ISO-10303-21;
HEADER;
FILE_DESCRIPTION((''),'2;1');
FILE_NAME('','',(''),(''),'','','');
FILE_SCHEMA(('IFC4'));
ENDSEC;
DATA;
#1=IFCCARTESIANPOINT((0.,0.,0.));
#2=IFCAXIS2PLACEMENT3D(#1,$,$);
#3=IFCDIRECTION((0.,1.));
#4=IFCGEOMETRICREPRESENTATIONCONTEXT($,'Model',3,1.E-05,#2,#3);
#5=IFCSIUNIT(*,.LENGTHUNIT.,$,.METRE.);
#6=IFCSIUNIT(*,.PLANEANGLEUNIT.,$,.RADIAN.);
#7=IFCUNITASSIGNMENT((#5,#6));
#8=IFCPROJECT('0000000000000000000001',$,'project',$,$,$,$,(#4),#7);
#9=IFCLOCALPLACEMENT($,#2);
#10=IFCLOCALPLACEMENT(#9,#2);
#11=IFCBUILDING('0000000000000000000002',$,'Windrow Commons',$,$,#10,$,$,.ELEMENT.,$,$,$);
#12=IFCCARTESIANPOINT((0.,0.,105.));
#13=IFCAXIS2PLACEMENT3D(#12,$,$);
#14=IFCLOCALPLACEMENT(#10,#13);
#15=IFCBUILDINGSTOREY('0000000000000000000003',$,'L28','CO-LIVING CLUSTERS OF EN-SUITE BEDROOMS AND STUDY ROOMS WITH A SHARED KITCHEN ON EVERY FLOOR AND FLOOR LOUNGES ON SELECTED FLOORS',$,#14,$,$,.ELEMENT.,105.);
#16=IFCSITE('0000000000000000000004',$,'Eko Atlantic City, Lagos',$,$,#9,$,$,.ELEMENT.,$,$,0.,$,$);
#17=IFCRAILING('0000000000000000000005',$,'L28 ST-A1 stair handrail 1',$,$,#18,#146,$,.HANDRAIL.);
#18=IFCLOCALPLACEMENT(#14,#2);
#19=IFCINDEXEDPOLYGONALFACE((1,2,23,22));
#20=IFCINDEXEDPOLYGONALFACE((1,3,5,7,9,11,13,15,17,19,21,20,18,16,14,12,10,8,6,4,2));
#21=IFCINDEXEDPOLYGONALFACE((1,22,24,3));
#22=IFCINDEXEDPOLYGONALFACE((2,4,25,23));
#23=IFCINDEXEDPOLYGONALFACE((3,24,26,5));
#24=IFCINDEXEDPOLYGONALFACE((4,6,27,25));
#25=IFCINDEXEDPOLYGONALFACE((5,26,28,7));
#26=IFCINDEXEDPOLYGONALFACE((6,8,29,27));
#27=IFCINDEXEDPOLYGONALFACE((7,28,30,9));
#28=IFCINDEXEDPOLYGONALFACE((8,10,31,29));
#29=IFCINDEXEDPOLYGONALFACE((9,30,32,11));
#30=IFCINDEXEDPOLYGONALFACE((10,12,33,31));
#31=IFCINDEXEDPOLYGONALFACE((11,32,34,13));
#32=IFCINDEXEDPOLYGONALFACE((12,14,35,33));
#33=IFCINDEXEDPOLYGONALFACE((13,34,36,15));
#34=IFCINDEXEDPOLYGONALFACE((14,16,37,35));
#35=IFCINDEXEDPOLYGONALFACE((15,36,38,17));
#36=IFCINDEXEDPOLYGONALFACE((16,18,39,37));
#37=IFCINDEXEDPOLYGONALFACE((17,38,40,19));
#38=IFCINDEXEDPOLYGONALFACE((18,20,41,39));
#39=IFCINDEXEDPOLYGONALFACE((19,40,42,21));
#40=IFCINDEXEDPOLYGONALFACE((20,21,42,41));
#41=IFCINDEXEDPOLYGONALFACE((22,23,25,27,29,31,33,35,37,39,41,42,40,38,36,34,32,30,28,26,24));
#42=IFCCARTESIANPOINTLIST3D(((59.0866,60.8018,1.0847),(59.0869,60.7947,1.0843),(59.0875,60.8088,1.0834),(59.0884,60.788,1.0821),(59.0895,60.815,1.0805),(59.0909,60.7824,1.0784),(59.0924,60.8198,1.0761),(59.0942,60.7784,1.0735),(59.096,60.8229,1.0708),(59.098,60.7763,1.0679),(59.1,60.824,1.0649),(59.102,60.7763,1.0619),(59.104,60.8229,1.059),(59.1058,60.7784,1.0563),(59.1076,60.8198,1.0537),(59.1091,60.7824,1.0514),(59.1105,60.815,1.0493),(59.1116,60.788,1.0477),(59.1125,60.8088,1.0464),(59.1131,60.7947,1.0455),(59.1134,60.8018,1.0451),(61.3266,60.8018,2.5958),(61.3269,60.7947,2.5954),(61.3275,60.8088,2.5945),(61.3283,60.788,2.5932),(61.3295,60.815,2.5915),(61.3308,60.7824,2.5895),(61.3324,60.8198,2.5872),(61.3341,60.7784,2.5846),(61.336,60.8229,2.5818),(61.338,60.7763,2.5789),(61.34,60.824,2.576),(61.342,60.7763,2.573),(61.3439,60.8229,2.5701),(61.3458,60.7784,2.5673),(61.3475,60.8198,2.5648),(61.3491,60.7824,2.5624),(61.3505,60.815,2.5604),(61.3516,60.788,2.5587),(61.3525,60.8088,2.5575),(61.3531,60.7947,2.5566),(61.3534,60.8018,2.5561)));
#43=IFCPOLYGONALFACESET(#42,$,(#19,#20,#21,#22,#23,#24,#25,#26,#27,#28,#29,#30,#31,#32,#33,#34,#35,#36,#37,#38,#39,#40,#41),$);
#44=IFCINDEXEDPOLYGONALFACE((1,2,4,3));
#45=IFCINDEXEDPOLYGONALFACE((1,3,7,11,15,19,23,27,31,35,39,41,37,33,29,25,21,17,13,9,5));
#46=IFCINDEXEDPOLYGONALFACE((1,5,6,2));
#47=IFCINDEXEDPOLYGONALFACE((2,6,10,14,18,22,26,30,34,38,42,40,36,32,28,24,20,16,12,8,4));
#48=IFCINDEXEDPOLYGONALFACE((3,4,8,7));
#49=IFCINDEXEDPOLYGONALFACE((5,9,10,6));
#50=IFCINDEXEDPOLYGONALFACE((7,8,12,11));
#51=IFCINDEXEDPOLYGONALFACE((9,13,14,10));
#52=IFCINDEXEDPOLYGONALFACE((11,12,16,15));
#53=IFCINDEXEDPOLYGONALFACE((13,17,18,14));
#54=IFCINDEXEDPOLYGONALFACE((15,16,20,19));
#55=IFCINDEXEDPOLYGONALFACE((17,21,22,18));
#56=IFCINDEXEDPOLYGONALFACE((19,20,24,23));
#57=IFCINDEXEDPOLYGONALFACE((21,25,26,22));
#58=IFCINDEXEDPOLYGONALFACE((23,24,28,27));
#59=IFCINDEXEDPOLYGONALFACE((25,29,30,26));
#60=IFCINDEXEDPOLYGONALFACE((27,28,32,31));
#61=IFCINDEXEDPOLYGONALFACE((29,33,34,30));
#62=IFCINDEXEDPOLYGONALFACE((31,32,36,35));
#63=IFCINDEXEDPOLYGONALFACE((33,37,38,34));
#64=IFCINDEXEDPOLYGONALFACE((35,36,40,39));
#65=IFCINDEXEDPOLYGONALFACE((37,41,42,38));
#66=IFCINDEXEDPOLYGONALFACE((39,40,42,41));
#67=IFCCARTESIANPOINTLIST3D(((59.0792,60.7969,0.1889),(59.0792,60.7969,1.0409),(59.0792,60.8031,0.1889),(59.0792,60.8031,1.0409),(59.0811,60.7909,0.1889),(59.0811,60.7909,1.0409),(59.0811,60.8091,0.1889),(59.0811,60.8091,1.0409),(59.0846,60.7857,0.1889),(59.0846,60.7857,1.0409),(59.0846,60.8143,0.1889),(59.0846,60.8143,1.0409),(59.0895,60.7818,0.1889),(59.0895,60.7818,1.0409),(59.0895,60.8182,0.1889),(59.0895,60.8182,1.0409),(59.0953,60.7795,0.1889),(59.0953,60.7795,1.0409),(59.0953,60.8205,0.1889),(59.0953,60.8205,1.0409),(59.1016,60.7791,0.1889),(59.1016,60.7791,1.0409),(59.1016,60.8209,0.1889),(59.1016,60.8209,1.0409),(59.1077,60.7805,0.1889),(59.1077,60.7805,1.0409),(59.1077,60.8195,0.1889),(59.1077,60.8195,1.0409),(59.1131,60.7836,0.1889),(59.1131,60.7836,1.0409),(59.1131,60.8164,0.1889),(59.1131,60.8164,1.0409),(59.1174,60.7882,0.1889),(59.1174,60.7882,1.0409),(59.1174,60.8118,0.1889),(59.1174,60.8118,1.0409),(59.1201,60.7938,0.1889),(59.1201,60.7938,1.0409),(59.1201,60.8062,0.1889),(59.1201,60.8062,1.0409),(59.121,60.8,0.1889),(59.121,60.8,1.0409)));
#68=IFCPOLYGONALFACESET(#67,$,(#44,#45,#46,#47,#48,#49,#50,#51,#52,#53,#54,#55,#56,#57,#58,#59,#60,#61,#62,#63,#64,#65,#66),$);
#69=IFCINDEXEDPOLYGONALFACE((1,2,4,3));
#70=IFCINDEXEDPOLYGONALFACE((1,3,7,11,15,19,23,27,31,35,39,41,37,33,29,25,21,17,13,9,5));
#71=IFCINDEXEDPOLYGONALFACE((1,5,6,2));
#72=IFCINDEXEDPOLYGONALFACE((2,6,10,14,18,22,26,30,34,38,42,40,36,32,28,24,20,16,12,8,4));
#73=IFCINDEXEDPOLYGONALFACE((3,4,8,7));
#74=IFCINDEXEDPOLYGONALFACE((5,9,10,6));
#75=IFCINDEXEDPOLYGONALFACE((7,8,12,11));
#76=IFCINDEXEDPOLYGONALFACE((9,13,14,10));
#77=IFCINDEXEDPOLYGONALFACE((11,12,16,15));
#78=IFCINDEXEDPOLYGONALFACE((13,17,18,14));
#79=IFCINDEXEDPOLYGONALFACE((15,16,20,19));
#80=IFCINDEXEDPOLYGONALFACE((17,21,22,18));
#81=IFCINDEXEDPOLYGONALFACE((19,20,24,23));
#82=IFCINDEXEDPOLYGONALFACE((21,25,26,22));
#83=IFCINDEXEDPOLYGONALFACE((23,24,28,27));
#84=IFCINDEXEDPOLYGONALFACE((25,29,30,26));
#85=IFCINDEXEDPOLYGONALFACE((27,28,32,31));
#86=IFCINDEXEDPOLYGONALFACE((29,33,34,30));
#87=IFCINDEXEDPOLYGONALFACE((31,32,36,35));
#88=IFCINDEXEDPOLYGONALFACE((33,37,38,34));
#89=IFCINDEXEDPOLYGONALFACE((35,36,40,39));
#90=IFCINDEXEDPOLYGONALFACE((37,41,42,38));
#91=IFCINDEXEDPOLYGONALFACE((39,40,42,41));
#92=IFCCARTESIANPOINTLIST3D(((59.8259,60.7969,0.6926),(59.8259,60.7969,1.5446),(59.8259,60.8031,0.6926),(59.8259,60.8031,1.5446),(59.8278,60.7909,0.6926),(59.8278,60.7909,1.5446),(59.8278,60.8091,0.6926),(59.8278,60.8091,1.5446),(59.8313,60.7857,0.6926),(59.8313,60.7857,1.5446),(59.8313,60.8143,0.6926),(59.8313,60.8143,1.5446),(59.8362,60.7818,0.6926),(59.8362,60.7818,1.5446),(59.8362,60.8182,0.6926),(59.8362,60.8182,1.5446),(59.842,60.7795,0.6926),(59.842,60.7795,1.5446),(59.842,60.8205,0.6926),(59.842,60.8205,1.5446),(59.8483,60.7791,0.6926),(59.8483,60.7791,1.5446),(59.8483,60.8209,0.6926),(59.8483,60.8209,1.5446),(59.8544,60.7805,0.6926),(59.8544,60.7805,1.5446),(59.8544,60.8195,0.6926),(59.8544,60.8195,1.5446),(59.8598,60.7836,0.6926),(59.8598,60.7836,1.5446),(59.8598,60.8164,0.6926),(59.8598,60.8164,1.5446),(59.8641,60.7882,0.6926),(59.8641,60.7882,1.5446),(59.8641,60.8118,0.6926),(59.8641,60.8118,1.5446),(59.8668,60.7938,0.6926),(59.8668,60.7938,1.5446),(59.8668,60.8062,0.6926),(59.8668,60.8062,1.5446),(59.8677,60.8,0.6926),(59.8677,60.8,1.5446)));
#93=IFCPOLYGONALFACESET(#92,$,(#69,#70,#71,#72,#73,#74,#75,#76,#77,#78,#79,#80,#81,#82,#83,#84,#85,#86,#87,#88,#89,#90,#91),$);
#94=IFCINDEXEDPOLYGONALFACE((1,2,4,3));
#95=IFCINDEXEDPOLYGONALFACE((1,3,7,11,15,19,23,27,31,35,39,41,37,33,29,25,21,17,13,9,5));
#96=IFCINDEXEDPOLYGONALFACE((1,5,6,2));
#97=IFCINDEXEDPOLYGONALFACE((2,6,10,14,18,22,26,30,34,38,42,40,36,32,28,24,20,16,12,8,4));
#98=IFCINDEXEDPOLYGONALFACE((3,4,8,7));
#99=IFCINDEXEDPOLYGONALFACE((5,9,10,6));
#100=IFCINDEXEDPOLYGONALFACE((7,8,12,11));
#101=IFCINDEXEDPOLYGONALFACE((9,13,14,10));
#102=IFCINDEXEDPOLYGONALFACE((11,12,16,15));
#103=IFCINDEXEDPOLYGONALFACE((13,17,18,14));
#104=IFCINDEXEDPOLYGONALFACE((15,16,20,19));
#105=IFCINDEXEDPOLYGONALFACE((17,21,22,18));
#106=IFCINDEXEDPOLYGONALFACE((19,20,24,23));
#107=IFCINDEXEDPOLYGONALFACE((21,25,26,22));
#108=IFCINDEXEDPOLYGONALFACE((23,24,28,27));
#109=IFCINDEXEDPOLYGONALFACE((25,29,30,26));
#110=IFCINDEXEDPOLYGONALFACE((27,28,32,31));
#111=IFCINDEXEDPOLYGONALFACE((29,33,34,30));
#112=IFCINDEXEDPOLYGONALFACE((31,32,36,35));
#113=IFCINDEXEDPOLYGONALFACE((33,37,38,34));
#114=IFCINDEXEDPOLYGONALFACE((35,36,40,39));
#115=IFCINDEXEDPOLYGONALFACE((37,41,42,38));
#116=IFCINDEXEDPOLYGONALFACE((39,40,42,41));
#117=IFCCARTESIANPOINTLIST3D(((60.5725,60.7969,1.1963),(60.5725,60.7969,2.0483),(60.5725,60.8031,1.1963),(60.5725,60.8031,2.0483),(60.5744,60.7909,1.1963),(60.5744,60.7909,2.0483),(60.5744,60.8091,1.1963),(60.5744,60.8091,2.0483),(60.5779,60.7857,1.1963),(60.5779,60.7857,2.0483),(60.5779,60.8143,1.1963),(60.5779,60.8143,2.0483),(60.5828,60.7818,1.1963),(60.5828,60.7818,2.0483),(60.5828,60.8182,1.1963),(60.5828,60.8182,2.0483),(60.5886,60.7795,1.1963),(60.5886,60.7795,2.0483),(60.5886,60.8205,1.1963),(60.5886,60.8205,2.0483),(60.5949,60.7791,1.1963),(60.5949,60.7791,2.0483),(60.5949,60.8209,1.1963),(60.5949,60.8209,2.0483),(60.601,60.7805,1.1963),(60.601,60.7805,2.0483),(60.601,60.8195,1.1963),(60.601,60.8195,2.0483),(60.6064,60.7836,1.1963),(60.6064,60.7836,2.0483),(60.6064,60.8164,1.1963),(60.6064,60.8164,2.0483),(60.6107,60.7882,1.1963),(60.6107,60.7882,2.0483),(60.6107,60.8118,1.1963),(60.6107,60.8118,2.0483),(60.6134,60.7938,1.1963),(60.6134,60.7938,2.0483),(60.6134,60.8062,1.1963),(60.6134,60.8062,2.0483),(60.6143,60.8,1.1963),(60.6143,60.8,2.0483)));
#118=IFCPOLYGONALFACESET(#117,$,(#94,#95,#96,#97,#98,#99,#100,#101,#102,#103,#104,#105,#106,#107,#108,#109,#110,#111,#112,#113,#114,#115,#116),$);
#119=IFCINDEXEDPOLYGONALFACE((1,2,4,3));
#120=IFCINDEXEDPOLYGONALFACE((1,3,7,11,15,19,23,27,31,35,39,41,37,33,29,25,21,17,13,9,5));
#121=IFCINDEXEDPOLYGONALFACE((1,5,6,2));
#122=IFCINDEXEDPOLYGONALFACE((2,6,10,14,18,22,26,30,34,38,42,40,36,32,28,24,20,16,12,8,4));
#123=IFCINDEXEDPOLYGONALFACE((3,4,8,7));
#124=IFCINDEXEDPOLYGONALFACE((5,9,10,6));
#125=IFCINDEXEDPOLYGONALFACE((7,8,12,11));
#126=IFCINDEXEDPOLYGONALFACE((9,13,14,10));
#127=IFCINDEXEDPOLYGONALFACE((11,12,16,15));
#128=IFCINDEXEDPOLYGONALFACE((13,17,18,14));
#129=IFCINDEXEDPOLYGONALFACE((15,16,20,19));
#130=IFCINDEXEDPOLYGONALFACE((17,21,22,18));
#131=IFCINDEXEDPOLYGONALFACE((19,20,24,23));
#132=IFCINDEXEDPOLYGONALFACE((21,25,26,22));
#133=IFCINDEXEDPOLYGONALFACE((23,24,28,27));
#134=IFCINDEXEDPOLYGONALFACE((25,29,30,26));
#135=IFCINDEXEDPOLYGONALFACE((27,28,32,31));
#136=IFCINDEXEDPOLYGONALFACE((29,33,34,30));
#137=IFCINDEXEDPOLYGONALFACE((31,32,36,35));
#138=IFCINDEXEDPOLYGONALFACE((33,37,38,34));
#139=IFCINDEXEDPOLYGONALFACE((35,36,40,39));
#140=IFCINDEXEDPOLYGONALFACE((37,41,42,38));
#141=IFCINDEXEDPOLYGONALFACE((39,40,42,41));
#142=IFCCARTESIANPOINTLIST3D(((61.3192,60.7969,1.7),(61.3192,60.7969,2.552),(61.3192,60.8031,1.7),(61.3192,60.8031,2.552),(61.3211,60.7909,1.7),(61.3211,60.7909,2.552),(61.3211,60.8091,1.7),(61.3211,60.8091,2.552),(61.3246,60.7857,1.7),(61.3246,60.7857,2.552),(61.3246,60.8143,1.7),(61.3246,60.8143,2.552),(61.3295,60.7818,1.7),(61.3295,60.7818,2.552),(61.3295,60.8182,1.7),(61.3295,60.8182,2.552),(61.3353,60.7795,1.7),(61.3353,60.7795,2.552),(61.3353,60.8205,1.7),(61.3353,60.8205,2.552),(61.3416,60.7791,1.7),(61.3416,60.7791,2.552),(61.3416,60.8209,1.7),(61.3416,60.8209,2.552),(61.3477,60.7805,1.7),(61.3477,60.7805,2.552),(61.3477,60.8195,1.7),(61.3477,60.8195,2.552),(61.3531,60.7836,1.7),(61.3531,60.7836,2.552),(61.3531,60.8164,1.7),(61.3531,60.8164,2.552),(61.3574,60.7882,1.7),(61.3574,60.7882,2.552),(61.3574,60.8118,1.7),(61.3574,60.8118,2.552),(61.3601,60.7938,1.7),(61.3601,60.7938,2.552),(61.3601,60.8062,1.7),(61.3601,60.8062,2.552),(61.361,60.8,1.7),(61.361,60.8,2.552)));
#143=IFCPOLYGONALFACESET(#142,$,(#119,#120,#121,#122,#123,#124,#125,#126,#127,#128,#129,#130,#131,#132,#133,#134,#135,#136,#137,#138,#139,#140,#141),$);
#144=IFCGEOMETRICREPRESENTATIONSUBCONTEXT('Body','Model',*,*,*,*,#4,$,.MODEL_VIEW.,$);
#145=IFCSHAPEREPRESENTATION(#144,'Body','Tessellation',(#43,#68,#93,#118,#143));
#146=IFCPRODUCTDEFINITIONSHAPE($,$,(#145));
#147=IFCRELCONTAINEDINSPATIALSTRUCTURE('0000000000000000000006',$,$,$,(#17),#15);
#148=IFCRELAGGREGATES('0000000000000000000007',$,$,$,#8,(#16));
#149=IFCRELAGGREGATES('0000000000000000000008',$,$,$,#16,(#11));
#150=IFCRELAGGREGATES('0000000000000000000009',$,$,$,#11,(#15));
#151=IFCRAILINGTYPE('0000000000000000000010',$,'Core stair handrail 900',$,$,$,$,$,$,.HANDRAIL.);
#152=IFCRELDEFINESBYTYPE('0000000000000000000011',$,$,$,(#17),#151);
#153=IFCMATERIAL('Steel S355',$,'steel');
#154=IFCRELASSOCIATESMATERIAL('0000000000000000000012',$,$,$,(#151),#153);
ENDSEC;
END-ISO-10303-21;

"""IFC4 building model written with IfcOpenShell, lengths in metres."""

from ifc_helpers import new_model, si_unit, direction, frame, origin, origin_2d, place, context, subcontext, project, spatial, circle, extrude, material, type_object, element, save


model = new_model("IFC4")

# Units and contexts
model_context = context("Model", 3, precision=1e-05, world=origin(), true_north=direction((0.0, 1.0)))
body_context = subcontext(model_context, "Body", "Model", "MODEL_VIEW")
ifc_project = project(units=[si_unit("LENGTHUNIT", "METRE"), si_unit("PLANEANGLEUNIT", "RADIAN")], contexts=[model_context])

# Site, building, storey
site_placement = place(None, origin())
site = spatial("IfcSite", under=ifc_project, at=site_placement, Name="Eko Atlantic City, Lagos", CompositionType="ELEMENT", RefElevation=0.0)
building_placement = place(site_placement, origin())
building = spatial("IfcBuilding", under=site, at=building_placement, Name="Windrow Commons", CompositionType="ELEMENT")
storey_placement = place(building_placement, frame((0.0, 0.0, 105.0)))
storey = spatial("IfcBuildingStorey", under=building, at=storey_placement, Name="L28", Description="CO-LIVING CLUSTERS OF EN-SUITE BEDROOMS AND STUDY ROOMS WITH A SHARED KITCHEN ON EVERY FLOOR AND FLOOR LOUNGES ON SELECTED FLOORS", CompositionType="ELEMENT", Elevation=105.0)

# Railing
ifc_material_1 = material(Name="Steel S355", Category="steel")
railing_type_1 = type_object("IfcRailingType", Name="Core stair handrail 900", PredefinedType="HANDRAIL", material=ifc_material_1)
railing_1_placement = place(storey_placement, frame((59.1, 60.8, 0.1889)))
element("IfcRailing", 1, at=railing_1_placement, inside=storey, type_object=railing_type_1, Name="L28 ST-A1 stair handrail 1", PredefinedType="HANDRAIL", context=body_context, shape_type="SweptSolid", body=[
    extrude(circle(Radius=0.024, at=origin_2d()), frame((0.0, 0.0, 0.876), z_axis=(0.829003, 0.0, 0.559244), x_axis=(0.0, 1.0, 0.0)), (0.0, 0.0, 1.0), 2.702),
    extrude(circle(Radius=0.021, at=origin_2d()), origin(), (0.0, 0.0, 1.0), 0.852),
    extrude(circle(Radius=0.021, at=origin_2d()), frame((0.7467, 0.0, 0.5037)), (0.0, 0.0, 1.0), 0.852),
    extrude(circle(Radius=0.021, at=origin_2d()), frame((1.4933, 0.0, 1.0074)), (0.0, 0.0, 1.0), 0.852),
    extrude(circle(Radius=0.021, at=origin_2d()), frame((2.24, 0.0, 1.5111)), (0.0, 0.0, 1.0), 0.852),
])

save(model, "model.ifc")
